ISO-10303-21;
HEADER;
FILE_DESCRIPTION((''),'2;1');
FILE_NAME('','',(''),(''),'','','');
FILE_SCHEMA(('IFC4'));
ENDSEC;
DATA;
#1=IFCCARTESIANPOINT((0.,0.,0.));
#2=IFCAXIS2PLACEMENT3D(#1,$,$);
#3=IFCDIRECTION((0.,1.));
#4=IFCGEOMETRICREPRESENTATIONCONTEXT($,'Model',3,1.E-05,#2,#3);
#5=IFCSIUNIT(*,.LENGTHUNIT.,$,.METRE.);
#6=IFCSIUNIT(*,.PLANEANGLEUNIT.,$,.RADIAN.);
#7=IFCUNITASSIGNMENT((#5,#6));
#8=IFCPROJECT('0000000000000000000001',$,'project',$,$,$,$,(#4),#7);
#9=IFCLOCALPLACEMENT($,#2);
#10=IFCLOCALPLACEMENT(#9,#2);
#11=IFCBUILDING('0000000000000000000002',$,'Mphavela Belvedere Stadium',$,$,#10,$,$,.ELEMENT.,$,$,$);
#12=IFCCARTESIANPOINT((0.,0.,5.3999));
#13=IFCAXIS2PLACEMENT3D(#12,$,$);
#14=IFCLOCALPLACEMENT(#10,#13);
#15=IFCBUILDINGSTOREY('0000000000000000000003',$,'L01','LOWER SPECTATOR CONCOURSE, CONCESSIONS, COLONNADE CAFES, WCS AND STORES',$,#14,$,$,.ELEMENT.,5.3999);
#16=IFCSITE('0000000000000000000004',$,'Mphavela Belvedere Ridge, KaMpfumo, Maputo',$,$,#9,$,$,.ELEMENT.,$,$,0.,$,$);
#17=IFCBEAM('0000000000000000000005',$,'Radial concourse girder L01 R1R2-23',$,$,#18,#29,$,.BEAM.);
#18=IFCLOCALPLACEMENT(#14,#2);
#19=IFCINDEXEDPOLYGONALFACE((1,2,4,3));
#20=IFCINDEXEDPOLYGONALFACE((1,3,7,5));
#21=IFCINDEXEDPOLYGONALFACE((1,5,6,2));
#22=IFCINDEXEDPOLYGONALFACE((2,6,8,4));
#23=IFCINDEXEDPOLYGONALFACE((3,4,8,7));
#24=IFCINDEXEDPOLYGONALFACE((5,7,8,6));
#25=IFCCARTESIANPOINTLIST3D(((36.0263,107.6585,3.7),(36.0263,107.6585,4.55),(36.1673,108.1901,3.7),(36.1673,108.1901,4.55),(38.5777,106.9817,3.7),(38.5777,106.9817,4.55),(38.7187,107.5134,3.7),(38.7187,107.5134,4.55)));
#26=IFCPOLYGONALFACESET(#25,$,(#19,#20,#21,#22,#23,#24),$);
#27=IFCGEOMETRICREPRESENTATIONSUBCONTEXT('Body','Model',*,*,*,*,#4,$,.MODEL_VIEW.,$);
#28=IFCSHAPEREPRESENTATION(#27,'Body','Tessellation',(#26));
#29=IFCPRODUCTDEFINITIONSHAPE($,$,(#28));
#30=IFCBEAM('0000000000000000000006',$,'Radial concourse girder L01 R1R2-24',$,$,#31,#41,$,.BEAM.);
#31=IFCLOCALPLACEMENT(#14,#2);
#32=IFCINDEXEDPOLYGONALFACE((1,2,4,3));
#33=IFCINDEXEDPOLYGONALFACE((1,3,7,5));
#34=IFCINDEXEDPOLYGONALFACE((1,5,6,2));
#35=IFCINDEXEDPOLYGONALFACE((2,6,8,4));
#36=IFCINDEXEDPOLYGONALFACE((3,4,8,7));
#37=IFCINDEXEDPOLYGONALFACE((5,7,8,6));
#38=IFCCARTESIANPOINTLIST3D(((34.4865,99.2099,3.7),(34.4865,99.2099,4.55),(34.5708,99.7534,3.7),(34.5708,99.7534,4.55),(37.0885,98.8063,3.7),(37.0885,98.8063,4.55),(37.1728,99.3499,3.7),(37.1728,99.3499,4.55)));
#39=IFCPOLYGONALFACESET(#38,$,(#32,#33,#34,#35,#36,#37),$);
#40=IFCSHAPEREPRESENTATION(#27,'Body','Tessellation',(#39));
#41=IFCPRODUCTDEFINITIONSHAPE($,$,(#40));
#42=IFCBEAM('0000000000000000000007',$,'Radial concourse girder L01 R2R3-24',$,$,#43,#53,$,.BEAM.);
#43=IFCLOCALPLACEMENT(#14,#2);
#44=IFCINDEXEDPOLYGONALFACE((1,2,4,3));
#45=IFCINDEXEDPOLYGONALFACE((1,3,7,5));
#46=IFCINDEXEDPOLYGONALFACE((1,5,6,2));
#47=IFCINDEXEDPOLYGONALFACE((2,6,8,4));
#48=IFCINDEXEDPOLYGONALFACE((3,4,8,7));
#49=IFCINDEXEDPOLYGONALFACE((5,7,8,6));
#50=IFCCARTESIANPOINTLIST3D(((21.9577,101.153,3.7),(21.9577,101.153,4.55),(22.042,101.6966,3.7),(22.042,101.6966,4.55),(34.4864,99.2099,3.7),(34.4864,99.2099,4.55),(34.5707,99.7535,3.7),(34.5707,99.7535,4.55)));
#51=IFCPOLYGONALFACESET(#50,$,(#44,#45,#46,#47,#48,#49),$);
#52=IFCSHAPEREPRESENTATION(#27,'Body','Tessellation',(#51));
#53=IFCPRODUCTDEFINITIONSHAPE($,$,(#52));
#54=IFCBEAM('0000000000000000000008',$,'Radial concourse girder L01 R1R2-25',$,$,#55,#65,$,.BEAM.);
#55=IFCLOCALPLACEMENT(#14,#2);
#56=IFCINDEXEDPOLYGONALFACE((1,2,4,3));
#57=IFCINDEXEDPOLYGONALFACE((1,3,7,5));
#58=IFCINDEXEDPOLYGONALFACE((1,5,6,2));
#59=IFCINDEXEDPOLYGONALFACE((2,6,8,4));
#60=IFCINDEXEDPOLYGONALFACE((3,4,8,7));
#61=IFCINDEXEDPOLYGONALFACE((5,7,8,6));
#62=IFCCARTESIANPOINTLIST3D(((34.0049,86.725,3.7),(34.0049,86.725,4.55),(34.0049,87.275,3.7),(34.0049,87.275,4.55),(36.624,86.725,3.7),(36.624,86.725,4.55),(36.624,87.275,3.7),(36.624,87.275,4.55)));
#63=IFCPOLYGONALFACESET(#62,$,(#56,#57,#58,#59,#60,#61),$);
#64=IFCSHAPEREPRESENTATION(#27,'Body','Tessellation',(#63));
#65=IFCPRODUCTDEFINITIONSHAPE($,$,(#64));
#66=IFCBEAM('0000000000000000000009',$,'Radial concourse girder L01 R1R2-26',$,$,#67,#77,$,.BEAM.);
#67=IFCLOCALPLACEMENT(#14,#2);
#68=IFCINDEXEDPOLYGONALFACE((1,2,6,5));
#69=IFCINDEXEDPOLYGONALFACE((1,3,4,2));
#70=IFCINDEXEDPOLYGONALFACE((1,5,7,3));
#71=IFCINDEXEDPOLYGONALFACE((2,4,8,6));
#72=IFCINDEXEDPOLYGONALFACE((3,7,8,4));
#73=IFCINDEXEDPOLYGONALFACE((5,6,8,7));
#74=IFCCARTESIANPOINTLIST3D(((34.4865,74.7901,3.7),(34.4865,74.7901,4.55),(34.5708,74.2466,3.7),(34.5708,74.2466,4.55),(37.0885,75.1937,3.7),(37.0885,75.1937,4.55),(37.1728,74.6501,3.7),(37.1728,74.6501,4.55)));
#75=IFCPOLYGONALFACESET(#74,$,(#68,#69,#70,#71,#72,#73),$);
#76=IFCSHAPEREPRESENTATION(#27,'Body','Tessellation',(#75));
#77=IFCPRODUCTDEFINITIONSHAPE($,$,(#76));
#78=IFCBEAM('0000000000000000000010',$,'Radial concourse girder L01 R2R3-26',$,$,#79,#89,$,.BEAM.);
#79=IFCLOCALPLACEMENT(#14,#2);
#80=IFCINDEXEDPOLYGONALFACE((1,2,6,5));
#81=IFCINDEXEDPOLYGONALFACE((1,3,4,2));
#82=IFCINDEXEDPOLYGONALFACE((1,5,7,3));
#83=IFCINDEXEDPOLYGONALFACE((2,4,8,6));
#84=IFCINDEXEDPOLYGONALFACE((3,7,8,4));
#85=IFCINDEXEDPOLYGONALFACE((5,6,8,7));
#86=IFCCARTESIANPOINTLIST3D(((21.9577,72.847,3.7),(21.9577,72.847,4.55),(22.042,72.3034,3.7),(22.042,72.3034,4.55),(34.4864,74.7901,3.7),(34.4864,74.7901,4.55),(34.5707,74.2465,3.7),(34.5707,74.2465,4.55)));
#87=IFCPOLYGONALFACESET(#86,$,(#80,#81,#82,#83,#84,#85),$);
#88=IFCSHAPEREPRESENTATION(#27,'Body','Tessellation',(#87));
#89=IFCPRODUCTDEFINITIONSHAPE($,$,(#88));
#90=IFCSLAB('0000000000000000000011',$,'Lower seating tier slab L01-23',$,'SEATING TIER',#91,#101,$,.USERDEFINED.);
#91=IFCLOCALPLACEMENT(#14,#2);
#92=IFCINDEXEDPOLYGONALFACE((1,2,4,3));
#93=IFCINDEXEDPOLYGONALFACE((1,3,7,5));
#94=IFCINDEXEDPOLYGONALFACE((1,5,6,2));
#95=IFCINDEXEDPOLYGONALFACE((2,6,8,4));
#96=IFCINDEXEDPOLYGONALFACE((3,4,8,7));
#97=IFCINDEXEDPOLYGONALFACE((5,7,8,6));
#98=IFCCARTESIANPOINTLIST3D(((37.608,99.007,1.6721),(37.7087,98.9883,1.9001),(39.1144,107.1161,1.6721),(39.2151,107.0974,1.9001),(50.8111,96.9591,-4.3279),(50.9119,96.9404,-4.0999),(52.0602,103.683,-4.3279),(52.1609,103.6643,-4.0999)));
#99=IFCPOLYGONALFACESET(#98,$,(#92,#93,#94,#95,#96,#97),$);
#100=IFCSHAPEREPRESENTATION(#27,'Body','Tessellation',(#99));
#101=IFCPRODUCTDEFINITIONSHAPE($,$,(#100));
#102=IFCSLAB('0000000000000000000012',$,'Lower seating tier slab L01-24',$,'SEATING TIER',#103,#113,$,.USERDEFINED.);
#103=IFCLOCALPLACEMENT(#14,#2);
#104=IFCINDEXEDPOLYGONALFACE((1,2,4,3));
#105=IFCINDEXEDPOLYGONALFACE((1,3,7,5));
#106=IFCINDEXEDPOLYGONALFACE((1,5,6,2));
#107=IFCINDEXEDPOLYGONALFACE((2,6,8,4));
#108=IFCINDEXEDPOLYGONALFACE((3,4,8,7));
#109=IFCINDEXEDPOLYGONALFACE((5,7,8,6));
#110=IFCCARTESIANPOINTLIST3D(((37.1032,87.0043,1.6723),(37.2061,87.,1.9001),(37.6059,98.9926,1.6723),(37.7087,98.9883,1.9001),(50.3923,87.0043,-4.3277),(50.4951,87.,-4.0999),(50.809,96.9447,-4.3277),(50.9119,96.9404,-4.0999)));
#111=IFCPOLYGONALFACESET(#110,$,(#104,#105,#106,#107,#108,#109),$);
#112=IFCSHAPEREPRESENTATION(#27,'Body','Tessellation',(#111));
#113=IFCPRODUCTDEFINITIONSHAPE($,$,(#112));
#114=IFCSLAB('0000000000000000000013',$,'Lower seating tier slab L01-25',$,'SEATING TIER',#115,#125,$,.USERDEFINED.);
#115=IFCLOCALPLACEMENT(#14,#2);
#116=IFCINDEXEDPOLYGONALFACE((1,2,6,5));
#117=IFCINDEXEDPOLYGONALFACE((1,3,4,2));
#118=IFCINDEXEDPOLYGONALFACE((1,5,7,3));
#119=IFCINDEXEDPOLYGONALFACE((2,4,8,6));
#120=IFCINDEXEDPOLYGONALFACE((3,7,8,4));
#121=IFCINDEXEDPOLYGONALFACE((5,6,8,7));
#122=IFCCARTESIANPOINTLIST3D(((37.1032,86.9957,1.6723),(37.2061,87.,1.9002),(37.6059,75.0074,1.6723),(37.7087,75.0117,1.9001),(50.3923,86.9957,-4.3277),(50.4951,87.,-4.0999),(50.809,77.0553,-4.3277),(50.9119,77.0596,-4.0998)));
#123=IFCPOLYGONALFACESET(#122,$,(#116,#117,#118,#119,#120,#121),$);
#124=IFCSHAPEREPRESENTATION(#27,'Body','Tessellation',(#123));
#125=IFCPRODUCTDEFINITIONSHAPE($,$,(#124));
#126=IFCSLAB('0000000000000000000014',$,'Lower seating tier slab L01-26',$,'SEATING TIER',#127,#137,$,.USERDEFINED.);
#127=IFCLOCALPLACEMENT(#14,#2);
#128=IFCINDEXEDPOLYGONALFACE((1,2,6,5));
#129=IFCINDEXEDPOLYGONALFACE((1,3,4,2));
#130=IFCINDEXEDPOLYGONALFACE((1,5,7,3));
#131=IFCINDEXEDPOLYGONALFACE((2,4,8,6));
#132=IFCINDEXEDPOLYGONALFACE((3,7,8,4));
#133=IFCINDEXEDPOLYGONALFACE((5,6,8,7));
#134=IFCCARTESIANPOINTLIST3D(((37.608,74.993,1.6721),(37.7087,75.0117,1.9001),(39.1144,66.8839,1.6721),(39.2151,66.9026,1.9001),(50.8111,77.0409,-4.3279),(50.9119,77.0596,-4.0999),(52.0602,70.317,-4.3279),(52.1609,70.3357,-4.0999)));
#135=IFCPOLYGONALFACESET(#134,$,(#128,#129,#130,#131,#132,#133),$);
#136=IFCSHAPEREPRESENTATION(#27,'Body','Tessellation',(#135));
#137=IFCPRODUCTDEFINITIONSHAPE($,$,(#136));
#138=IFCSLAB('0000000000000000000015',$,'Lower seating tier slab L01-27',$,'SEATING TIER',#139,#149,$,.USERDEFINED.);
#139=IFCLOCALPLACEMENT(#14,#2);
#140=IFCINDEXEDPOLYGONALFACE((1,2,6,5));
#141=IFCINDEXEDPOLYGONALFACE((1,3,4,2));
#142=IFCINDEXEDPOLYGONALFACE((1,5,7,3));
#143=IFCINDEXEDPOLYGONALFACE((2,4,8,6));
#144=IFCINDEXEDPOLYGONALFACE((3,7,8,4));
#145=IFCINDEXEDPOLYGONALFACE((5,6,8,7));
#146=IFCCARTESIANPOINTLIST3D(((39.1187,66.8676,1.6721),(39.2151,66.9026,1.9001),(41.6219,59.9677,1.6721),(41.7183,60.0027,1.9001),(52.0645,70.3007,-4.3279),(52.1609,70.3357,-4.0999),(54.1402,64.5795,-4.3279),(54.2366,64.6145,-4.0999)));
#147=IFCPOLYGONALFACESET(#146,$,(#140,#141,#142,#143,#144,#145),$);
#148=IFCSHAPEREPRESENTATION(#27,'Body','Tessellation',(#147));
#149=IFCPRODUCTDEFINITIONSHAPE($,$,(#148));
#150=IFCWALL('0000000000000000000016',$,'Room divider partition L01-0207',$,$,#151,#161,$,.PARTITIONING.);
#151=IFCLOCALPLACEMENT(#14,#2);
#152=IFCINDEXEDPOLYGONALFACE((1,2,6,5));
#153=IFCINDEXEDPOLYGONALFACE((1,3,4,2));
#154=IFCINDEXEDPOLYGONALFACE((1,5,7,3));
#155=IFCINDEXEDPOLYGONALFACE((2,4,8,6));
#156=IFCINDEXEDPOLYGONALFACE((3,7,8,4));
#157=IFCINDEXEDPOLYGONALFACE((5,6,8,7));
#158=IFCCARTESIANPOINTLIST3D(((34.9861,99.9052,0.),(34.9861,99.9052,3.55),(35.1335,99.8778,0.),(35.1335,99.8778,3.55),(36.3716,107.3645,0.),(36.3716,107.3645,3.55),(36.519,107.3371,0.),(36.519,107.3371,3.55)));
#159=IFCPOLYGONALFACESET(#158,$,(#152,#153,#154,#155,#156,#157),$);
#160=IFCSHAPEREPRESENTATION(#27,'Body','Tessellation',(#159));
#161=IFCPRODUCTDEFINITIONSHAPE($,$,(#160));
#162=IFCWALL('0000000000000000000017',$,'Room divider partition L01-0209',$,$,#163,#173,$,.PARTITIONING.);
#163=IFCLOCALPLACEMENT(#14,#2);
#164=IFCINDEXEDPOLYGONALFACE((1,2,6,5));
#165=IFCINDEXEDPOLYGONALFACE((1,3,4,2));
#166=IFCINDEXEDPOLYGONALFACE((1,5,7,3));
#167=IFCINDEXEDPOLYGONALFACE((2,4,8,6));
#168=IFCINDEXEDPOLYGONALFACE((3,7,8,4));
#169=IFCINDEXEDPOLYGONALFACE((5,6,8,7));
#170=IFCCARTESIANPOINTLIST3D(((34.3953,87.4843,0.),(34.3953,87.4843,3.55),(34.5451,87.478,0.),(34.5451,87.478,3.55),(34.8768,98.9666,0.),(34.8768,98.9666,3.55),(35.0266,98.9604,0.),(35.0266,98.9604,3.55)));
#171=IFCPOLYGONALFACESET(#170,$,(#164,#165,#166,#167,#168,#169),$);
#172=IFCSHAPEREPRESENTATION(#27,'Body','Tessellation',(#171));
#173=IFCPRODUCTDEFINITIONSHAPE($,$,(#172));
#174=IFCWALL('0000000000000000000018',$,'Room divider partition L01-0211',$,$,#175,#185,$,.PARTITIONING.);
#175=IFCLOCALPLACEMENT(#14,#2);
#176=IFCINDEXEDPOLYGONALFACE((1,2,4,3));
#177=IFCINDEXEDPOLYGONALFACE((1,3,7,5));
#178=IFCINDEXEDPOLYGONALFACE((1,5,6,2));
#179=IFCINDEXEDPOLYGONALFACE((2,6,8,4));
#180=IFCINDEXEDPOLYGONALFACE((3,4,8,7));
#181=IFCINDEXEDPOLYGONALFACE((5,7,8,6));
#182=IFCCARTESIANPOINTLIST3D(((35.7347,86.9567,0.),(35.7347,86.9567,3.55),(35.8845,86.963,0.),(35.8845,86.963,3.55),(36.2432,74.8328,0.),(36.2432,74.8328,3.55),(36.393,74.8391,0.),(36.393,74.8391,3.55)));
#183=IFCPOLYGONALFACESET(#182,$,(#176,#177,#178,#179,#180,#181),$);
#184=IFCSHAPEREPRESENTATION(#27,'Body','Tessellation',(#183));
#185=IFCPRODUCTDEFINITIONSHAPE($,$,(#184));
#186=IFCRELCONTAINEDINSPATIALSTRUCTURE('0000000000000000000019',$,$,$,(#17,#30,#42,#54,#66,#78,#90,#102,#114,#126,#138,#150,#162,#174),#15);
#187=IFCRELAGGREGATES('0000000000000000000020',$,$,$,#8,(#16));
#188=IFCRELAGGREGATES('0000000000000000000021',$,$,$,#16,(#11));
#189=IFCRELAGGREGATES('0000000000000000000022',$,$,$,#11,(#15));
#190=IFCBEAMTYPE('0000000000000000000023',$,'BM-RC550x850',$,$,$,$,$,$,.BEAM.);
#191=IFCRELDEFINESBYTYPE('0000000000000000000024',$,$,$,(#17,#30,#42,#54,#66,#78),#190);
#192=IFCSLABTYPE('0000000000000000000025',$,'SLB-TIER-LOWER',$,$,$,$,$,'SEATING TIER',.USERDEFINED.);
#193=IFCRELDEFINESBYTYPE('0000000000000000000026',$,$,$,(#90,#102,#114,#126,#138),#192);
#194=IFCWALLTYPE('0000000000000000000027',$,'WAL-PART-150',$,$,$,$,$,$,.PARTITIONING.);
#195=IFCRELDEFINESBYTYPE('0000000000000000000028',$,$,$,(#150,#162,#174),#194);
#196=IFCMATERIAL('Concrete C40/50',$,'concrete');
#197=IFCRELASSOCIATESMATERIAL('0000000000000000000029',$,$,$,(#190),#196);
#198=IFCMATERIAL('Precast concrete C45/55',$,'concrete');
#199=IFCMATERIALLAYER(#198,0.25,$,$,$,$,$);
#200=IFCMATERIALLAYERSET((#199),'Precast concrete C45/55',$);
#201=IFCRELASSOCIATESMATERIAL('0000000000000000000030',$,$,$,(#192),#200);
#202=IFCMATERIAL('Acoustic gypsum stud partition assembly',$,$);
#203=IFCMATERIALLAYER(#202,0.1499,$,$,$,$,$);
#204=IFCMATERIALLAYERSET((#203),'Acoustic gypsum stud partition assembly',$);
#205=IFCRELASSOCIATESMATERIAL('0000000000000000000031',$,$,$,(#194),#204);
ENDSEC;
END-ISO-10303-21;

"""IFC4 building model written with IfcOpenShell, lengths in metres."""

from ifc_helpers import new_model, si_unit, direction, frame, frame_2d, origin, origin_2d, place, context, subcontext, project, spatial, polyline, rectangle, outline, extrude, material, layer, layer_set, material_profile, profile_set, type_object, element, save


model = new_model("IFC4")

# Units and contexts
model_context = context("Model", 3, precision=1e-05, world=origin(), true_north=direction((0.0, 1.0)))
body_context = subcontext(model_context, "Body", "Model", "MODEL_VIEW")
ifc_project = project(units=[si_unit("LENGTHUNIT", "METRE"), si_unit("PLANEANGLEUNIT", "RADIAN")], contexts=[model_context])

# Site, building, storey
site_placement = place(None, origin())
site = spatial("IfcSite", under=ifc_project, at=site_placement, Name="Mphavela Belvedere Ridge, KaMpfumo, Maputo", CompositionType="ELEMENT", RefElevation=0.0)
building_placement = place(site_placement, origin())
building = spatial("IfcBuilding", under=site, at=building_placement, Name="Mphavela Belvedere Stadium", CompositionType="ELEMENT")
storey_placement = place(building_placement, frame((0.0, 0.0, 5.3999)))
storey = spatial("IfcBuildingStorey", under=building, at=storey_placement, Name="L01", Description="LOWER SPECTATOR CONCOURSE, CONCESSIONS, COLONNADE CAFES, WCS AND STORES", CompositionType="ELEMENT", Elevation=5.3999)

# Beams
ifc_material_1 = material(Name="Concrete C40/50", Category="concrete")
ifc_material_profile_1 = material_profile(ifc_material_1, rectangle(XDim=0.55, YDim=0.8501, at=origin_2d()), Name="RC 550x850")
ifc_profile_set_1 = profile_set([ifc_material_profile_1], Name="Concrete C40/50")
beam_type_1 = type_object("IfcBeamType", Name="BM-RC550x850", PredefinedType="BEAM", material=ifc_profile_set_1)
beam_1_placement = place(storey_placement, frame((38.6482, 107.2476, 4.125), z_axis=(-0.966578, 0.256373, 0.0), x_axis=(-0.256373, -0.966578, 0.0)))
element("IfcBeam", 1, at=beam_1_placement, inside=storey, type_object=beam_type_1, Name="Radial concourse girder L01 R1R2-23", PredefinedType="BEAM", context=body_context, shape_type="SweptSolid", body=[
    extrude(rectangle(XDim=0.55, YDim=0.8501, at=origin_2d()), origin(), (0.0, 0.0, 1.0), 2.6396),
])
beam_2_placement = place(storey_placement, frame((37.1306, 99.0781, 4.125), z_axis=(-0.988186, 0.153262, 0.0), x_axis=(-0.153262, -0.988186, 0.0)))
element("IfcBeam", 2, at=beam_2_placement, inside=storey, type_object=beam_type_1, Name="Radial concourse girder L01 R1R2-24", PredefinedType="BEAM", context=body_context, shape_type="SweptSolid", body=[
    extrude(rectangle(XDim=0.55, YDim=0.8501, at=origin_2d()), origin(), (0.0, 0.0, 1.0), 2.6331),
])
beam_3_placement = place(storey_placement, frame((34.5286, 99.4817, 4.125), z_axis=(-0.988186, 0.153262, 0.0), x_axis=(-0.153262, -0.988186, 0.0)))
element("IfcBeam", 3, at=beam_3_placement, inside=storey, type_object=beam_type_1, Name="Radial concourse girder L01 R2R3-24", PredefinedType="BEAM", context=body_context, shape_type="SweptSolid", body=[
    extrude(rectangle(XDim=0.55, YDim=0.8501, at=origin_2d()), origin(), (0.0, 0.0, 1.0), 12.6785),
])
beam_4_placement = place(storey_placement, frame((36.624, 87.0, 4.125), z_axis=(-1.0, 0.0, 0.0), x_axis=(0.0, -1.0, 0.0)))
element("IfcBeam", 4, at=beam_4_placement, inside=storey, type_object=beam_type_1, Name="Radial concourse girder L01 R1R2-25", PredefinedType="BEAM", context=body_context, shape_type="SweptSolid", body=[
    extrude(rectangle(XDim=0.55, YDim=0.8501, at=origin_2d()), origin(), (0.0, 0.0, 1.0), 2.6191),
])
beam_5_placement = place(storey_placement, frame((37.1306, 74.9219, 4.125), z_axis=(-0.988186, -0.153262, 0.0), x_axis=(0.153262, -0.988186, 0.0)))
element("IfcBeam", 5, at=beam_5_placement, inside=storey, type_object=beam_type_1, Name="Radial concourse girder L01 R1R2-26", PredefinedType="BEAM", context=body_context, shape_type="SweptSolid", body=[
    extrude(rectangle(XDim=0.55, YDim=0.8501, at=origin_2d()), origin(), (0.0, 0.0, 1.0), 2.6331),
])
beam_6_placement = place(storey_placement, frame((34.5286, 74.5183, 4.125), z_axis=(-0.988186, -0.153262, 0.0), x_axis=(0.153262, -0.988186, 0.0)))
element("IfcBeam", 6, at=beam_6_placement, inside=storey, type_object=beam_type_1, Name="Radial concourse girder L01 R2R3-26", PredefinedType="BEAM", context=body_context, shape_type="SweptSolid", body=[
    extrude(rectangle(XDim=0.55, YDim=0.8501, at=origin_2d()), origin(), (0.0, 0.0, 1.0), 12.6785),
])

# Slabs
ifc_material_2 = material(Name="Precast concrete C45/55", Category="concrete")
ifc_layer_1 = layer(ifc_material_2, 0.25)
ifc_layer_set_1 = layer_set([ifc_layer_1], Name="Precast concrete C45/55")
slab_type = type_object("IfcSlabType", Name="SLB-TIER-LOWER", ElementType="SEATING TIER", PredefinedType="USERDEFINED", material=ifc_layer_set_1)
slab_1_placement = place(storey_placement, frame((52.1609, 103.6643, -4.0999), z_axis=(0.402916, -0.074846, 0.912171), x_axis=(-0.182635, -0.983181, 0.0)))
element("IfcSlab", 7, at=slab_1_placement, inside=storey, type_object=slab_type, Name="Lower seating tier slab L01-23", ObjectType="SEATING TIER", PredefinedType="USERDEFINED", context=body_context, shape_type="SweptSolid", body=[
    extrude(outline(polyline([(0.0, 0.0), (6.8389, 0.0), (7.2368, -14.641), (-1.011, -14.641), (0.0, 0.0)])), origin(), (0.0, 0.0, -1.0), 0.25),
])
slab_2_placement = place(storey_placement, frame((50.9119, 96.9404, -4.0999), z_axis=(0.41144, -0.017251, 0.911273), x_axis=(-0.041888, -0.999122, -0.000001)))
element("IfcSlab", 8, at=slab_2_placement, inside=storey, type_object=slab_type, Name="Lower seating tier slab L01-24", ObjectType="SEATING TIER", PredefinedType="USERDEFINED", context=body_context, shape_type="SweptSolid", body=[
    extrude(outline(polyline([(0.0, 0.0), (9.9492, 0.0), (10.5058, -14.5702), (-1.493, -14.5701), (0.0, 0.0)])), origin(), (0.0, 0.0, -1.0), 0.25),
])
slab_3_placement = place(storey_placement, frame((50.4951, 87.0, -4.0999), z_axis=(0.41144, 0.017251, 0.911273), x_axis=(0.041888, -0.999122, 0.000001)))
element("IfcSlab", 9, at=slab_3_placement, inside=storey, type_object=slab_type, Name="Lower seating tier slab L01-25", ObjectType="SEATING TIER", PredefinedType="USERDEFINED", context=body_context, shape_type="SweptSolid", body=[
    extrude(outline(polyline([(0.0, 0.0), (9.9492, 0.0), (11.4422, -14.5701), (-0.5566, -14.5702), (0.0, 0.0)])), origin(), (0.0, 0.0, -1.0), 0.25),
])
slab_4_placement = place(storey_placement, frame((50.9119, 77.0596, -4.0999), z_axis=(0.402916, 0.074846, 0.912171), x_axis=(0.182635, -0.983181, 0.0)))
element("IfcSlab", 10, at=slab_4_placement, inside=storey, type_object=slab_type, Name="Lower seating tier slab L01-26", ObjectType="SEATING TIER", PredefinedType="USERDEFINED", context=body_context, shape_type="SweptSolid", body=[
    extrude(outline(polyline([(0.0, 0.0), (6.8389, 0.0), (7.8499, -14.641), (-0.3979, -14.641), (0.0, 0.0)])), origin(), (0.0, 0.0, -1.0), 0.25),
])
slab_5_placement = place(storey_placement, frame((52.1609, 70.3357, -4.0999), z_axis=(0.385588, 0.139889, 0.912005), x_axis=(0.341052, -0.940044, -0.000004)))
element("IfcSlab", 11, at=slab_5_placement, inside=storey, type_object=slab_type, Name="Lower seating tier slab L01-27", ObjectType="SEATING TIER", PredefinedType="USERDEFINED", context=body_context, shape_type="SweptSolid", body=[
    extrude(outline(polyline([(0.0, 0.0), (6.0861, 0.0), (6.152, -14.6278), (-1.1879, -14.6277), (0.0, 0.0)])), origin(), (0.0, 0.0, -1.0), 0.25),
])

# Walls
ifc_material_3 = material(Name="Acoustic gypsum stud partition assembly")
ifc_layer_2 = layer(ifc_material_3, 0.1499)
ifc_layer_set_2 = layer_set([ifc_layer_2], Name="Acoustic gypsum stud partition assembly")
wall_type = type_object("IfcWallType", Name="WAL-PART-150", PredefinedType="PARTITIONING", material=ifc_layer_set_2)
wall_1_placement = place(storey_placement, frame((36.4453, 107.3508, 0.0), z_axis=(0.0, 0.0, 1.0), x_axis=(-0.182619, -0.983184, 0.0)))
element("IfcWall", 12, at=wall_1_placement, inside=storey, type_object=wall_type, Name="Room divider partition L01-0207", PredefinedType="PARTITIONING", context=body_context, shape_type="SweptSolid", body=[
    extrude(rectangle(XDim=7.5869, YDim=0.1499, at=frame_2d((3.7935, 0.0))), origin(), (0.0, 0.0, 1.0), 3.55),
])
wall_2_placement = place(storey_placement, frame((34.9517, 98.9634, 0.0), z_axis=(0.0, 0.0, 1.0), x_axis=(-0.041892, -0.999122, 0.0)))
element("IfcWall", 13, at=wall_2_placement, inside=storey, type_object=wall_type, Name="Room divider partition L01-0209", PredefinedType="PARTITIONING", context=body_context, shape_type="SweptSolid", body=[
    extrude(rectangle(XDim=11.4924, YDim=0.1499, at=frame_2d((5.7461, 0.0))), origin(), (0.0, 0.0, 1.0), 3.55),
])
wall_3_placement = place(storey_placement, frame((35.8096, 86.96, 0.0), z_axis=(0.0, 0.0, 1.0), x_axis=(0.041909, -0.999121, 0.0)))
element("IfcWall", 14, at=wall_3_placement, inside=storey, type_object=wall_type, Name="Room divider partition L01-0211", PredefinedType="PARTITIONING", context=body_context, shape_type="SweptSolid", body=[
    extrude(rectangle(XDim=12.1345, YDim=0.1499, at=frame_2d((6.0674, 0.0))), origin(), (0.0, 0.0, 1.0), 3.55),
])

save(model, "model.ifc")
